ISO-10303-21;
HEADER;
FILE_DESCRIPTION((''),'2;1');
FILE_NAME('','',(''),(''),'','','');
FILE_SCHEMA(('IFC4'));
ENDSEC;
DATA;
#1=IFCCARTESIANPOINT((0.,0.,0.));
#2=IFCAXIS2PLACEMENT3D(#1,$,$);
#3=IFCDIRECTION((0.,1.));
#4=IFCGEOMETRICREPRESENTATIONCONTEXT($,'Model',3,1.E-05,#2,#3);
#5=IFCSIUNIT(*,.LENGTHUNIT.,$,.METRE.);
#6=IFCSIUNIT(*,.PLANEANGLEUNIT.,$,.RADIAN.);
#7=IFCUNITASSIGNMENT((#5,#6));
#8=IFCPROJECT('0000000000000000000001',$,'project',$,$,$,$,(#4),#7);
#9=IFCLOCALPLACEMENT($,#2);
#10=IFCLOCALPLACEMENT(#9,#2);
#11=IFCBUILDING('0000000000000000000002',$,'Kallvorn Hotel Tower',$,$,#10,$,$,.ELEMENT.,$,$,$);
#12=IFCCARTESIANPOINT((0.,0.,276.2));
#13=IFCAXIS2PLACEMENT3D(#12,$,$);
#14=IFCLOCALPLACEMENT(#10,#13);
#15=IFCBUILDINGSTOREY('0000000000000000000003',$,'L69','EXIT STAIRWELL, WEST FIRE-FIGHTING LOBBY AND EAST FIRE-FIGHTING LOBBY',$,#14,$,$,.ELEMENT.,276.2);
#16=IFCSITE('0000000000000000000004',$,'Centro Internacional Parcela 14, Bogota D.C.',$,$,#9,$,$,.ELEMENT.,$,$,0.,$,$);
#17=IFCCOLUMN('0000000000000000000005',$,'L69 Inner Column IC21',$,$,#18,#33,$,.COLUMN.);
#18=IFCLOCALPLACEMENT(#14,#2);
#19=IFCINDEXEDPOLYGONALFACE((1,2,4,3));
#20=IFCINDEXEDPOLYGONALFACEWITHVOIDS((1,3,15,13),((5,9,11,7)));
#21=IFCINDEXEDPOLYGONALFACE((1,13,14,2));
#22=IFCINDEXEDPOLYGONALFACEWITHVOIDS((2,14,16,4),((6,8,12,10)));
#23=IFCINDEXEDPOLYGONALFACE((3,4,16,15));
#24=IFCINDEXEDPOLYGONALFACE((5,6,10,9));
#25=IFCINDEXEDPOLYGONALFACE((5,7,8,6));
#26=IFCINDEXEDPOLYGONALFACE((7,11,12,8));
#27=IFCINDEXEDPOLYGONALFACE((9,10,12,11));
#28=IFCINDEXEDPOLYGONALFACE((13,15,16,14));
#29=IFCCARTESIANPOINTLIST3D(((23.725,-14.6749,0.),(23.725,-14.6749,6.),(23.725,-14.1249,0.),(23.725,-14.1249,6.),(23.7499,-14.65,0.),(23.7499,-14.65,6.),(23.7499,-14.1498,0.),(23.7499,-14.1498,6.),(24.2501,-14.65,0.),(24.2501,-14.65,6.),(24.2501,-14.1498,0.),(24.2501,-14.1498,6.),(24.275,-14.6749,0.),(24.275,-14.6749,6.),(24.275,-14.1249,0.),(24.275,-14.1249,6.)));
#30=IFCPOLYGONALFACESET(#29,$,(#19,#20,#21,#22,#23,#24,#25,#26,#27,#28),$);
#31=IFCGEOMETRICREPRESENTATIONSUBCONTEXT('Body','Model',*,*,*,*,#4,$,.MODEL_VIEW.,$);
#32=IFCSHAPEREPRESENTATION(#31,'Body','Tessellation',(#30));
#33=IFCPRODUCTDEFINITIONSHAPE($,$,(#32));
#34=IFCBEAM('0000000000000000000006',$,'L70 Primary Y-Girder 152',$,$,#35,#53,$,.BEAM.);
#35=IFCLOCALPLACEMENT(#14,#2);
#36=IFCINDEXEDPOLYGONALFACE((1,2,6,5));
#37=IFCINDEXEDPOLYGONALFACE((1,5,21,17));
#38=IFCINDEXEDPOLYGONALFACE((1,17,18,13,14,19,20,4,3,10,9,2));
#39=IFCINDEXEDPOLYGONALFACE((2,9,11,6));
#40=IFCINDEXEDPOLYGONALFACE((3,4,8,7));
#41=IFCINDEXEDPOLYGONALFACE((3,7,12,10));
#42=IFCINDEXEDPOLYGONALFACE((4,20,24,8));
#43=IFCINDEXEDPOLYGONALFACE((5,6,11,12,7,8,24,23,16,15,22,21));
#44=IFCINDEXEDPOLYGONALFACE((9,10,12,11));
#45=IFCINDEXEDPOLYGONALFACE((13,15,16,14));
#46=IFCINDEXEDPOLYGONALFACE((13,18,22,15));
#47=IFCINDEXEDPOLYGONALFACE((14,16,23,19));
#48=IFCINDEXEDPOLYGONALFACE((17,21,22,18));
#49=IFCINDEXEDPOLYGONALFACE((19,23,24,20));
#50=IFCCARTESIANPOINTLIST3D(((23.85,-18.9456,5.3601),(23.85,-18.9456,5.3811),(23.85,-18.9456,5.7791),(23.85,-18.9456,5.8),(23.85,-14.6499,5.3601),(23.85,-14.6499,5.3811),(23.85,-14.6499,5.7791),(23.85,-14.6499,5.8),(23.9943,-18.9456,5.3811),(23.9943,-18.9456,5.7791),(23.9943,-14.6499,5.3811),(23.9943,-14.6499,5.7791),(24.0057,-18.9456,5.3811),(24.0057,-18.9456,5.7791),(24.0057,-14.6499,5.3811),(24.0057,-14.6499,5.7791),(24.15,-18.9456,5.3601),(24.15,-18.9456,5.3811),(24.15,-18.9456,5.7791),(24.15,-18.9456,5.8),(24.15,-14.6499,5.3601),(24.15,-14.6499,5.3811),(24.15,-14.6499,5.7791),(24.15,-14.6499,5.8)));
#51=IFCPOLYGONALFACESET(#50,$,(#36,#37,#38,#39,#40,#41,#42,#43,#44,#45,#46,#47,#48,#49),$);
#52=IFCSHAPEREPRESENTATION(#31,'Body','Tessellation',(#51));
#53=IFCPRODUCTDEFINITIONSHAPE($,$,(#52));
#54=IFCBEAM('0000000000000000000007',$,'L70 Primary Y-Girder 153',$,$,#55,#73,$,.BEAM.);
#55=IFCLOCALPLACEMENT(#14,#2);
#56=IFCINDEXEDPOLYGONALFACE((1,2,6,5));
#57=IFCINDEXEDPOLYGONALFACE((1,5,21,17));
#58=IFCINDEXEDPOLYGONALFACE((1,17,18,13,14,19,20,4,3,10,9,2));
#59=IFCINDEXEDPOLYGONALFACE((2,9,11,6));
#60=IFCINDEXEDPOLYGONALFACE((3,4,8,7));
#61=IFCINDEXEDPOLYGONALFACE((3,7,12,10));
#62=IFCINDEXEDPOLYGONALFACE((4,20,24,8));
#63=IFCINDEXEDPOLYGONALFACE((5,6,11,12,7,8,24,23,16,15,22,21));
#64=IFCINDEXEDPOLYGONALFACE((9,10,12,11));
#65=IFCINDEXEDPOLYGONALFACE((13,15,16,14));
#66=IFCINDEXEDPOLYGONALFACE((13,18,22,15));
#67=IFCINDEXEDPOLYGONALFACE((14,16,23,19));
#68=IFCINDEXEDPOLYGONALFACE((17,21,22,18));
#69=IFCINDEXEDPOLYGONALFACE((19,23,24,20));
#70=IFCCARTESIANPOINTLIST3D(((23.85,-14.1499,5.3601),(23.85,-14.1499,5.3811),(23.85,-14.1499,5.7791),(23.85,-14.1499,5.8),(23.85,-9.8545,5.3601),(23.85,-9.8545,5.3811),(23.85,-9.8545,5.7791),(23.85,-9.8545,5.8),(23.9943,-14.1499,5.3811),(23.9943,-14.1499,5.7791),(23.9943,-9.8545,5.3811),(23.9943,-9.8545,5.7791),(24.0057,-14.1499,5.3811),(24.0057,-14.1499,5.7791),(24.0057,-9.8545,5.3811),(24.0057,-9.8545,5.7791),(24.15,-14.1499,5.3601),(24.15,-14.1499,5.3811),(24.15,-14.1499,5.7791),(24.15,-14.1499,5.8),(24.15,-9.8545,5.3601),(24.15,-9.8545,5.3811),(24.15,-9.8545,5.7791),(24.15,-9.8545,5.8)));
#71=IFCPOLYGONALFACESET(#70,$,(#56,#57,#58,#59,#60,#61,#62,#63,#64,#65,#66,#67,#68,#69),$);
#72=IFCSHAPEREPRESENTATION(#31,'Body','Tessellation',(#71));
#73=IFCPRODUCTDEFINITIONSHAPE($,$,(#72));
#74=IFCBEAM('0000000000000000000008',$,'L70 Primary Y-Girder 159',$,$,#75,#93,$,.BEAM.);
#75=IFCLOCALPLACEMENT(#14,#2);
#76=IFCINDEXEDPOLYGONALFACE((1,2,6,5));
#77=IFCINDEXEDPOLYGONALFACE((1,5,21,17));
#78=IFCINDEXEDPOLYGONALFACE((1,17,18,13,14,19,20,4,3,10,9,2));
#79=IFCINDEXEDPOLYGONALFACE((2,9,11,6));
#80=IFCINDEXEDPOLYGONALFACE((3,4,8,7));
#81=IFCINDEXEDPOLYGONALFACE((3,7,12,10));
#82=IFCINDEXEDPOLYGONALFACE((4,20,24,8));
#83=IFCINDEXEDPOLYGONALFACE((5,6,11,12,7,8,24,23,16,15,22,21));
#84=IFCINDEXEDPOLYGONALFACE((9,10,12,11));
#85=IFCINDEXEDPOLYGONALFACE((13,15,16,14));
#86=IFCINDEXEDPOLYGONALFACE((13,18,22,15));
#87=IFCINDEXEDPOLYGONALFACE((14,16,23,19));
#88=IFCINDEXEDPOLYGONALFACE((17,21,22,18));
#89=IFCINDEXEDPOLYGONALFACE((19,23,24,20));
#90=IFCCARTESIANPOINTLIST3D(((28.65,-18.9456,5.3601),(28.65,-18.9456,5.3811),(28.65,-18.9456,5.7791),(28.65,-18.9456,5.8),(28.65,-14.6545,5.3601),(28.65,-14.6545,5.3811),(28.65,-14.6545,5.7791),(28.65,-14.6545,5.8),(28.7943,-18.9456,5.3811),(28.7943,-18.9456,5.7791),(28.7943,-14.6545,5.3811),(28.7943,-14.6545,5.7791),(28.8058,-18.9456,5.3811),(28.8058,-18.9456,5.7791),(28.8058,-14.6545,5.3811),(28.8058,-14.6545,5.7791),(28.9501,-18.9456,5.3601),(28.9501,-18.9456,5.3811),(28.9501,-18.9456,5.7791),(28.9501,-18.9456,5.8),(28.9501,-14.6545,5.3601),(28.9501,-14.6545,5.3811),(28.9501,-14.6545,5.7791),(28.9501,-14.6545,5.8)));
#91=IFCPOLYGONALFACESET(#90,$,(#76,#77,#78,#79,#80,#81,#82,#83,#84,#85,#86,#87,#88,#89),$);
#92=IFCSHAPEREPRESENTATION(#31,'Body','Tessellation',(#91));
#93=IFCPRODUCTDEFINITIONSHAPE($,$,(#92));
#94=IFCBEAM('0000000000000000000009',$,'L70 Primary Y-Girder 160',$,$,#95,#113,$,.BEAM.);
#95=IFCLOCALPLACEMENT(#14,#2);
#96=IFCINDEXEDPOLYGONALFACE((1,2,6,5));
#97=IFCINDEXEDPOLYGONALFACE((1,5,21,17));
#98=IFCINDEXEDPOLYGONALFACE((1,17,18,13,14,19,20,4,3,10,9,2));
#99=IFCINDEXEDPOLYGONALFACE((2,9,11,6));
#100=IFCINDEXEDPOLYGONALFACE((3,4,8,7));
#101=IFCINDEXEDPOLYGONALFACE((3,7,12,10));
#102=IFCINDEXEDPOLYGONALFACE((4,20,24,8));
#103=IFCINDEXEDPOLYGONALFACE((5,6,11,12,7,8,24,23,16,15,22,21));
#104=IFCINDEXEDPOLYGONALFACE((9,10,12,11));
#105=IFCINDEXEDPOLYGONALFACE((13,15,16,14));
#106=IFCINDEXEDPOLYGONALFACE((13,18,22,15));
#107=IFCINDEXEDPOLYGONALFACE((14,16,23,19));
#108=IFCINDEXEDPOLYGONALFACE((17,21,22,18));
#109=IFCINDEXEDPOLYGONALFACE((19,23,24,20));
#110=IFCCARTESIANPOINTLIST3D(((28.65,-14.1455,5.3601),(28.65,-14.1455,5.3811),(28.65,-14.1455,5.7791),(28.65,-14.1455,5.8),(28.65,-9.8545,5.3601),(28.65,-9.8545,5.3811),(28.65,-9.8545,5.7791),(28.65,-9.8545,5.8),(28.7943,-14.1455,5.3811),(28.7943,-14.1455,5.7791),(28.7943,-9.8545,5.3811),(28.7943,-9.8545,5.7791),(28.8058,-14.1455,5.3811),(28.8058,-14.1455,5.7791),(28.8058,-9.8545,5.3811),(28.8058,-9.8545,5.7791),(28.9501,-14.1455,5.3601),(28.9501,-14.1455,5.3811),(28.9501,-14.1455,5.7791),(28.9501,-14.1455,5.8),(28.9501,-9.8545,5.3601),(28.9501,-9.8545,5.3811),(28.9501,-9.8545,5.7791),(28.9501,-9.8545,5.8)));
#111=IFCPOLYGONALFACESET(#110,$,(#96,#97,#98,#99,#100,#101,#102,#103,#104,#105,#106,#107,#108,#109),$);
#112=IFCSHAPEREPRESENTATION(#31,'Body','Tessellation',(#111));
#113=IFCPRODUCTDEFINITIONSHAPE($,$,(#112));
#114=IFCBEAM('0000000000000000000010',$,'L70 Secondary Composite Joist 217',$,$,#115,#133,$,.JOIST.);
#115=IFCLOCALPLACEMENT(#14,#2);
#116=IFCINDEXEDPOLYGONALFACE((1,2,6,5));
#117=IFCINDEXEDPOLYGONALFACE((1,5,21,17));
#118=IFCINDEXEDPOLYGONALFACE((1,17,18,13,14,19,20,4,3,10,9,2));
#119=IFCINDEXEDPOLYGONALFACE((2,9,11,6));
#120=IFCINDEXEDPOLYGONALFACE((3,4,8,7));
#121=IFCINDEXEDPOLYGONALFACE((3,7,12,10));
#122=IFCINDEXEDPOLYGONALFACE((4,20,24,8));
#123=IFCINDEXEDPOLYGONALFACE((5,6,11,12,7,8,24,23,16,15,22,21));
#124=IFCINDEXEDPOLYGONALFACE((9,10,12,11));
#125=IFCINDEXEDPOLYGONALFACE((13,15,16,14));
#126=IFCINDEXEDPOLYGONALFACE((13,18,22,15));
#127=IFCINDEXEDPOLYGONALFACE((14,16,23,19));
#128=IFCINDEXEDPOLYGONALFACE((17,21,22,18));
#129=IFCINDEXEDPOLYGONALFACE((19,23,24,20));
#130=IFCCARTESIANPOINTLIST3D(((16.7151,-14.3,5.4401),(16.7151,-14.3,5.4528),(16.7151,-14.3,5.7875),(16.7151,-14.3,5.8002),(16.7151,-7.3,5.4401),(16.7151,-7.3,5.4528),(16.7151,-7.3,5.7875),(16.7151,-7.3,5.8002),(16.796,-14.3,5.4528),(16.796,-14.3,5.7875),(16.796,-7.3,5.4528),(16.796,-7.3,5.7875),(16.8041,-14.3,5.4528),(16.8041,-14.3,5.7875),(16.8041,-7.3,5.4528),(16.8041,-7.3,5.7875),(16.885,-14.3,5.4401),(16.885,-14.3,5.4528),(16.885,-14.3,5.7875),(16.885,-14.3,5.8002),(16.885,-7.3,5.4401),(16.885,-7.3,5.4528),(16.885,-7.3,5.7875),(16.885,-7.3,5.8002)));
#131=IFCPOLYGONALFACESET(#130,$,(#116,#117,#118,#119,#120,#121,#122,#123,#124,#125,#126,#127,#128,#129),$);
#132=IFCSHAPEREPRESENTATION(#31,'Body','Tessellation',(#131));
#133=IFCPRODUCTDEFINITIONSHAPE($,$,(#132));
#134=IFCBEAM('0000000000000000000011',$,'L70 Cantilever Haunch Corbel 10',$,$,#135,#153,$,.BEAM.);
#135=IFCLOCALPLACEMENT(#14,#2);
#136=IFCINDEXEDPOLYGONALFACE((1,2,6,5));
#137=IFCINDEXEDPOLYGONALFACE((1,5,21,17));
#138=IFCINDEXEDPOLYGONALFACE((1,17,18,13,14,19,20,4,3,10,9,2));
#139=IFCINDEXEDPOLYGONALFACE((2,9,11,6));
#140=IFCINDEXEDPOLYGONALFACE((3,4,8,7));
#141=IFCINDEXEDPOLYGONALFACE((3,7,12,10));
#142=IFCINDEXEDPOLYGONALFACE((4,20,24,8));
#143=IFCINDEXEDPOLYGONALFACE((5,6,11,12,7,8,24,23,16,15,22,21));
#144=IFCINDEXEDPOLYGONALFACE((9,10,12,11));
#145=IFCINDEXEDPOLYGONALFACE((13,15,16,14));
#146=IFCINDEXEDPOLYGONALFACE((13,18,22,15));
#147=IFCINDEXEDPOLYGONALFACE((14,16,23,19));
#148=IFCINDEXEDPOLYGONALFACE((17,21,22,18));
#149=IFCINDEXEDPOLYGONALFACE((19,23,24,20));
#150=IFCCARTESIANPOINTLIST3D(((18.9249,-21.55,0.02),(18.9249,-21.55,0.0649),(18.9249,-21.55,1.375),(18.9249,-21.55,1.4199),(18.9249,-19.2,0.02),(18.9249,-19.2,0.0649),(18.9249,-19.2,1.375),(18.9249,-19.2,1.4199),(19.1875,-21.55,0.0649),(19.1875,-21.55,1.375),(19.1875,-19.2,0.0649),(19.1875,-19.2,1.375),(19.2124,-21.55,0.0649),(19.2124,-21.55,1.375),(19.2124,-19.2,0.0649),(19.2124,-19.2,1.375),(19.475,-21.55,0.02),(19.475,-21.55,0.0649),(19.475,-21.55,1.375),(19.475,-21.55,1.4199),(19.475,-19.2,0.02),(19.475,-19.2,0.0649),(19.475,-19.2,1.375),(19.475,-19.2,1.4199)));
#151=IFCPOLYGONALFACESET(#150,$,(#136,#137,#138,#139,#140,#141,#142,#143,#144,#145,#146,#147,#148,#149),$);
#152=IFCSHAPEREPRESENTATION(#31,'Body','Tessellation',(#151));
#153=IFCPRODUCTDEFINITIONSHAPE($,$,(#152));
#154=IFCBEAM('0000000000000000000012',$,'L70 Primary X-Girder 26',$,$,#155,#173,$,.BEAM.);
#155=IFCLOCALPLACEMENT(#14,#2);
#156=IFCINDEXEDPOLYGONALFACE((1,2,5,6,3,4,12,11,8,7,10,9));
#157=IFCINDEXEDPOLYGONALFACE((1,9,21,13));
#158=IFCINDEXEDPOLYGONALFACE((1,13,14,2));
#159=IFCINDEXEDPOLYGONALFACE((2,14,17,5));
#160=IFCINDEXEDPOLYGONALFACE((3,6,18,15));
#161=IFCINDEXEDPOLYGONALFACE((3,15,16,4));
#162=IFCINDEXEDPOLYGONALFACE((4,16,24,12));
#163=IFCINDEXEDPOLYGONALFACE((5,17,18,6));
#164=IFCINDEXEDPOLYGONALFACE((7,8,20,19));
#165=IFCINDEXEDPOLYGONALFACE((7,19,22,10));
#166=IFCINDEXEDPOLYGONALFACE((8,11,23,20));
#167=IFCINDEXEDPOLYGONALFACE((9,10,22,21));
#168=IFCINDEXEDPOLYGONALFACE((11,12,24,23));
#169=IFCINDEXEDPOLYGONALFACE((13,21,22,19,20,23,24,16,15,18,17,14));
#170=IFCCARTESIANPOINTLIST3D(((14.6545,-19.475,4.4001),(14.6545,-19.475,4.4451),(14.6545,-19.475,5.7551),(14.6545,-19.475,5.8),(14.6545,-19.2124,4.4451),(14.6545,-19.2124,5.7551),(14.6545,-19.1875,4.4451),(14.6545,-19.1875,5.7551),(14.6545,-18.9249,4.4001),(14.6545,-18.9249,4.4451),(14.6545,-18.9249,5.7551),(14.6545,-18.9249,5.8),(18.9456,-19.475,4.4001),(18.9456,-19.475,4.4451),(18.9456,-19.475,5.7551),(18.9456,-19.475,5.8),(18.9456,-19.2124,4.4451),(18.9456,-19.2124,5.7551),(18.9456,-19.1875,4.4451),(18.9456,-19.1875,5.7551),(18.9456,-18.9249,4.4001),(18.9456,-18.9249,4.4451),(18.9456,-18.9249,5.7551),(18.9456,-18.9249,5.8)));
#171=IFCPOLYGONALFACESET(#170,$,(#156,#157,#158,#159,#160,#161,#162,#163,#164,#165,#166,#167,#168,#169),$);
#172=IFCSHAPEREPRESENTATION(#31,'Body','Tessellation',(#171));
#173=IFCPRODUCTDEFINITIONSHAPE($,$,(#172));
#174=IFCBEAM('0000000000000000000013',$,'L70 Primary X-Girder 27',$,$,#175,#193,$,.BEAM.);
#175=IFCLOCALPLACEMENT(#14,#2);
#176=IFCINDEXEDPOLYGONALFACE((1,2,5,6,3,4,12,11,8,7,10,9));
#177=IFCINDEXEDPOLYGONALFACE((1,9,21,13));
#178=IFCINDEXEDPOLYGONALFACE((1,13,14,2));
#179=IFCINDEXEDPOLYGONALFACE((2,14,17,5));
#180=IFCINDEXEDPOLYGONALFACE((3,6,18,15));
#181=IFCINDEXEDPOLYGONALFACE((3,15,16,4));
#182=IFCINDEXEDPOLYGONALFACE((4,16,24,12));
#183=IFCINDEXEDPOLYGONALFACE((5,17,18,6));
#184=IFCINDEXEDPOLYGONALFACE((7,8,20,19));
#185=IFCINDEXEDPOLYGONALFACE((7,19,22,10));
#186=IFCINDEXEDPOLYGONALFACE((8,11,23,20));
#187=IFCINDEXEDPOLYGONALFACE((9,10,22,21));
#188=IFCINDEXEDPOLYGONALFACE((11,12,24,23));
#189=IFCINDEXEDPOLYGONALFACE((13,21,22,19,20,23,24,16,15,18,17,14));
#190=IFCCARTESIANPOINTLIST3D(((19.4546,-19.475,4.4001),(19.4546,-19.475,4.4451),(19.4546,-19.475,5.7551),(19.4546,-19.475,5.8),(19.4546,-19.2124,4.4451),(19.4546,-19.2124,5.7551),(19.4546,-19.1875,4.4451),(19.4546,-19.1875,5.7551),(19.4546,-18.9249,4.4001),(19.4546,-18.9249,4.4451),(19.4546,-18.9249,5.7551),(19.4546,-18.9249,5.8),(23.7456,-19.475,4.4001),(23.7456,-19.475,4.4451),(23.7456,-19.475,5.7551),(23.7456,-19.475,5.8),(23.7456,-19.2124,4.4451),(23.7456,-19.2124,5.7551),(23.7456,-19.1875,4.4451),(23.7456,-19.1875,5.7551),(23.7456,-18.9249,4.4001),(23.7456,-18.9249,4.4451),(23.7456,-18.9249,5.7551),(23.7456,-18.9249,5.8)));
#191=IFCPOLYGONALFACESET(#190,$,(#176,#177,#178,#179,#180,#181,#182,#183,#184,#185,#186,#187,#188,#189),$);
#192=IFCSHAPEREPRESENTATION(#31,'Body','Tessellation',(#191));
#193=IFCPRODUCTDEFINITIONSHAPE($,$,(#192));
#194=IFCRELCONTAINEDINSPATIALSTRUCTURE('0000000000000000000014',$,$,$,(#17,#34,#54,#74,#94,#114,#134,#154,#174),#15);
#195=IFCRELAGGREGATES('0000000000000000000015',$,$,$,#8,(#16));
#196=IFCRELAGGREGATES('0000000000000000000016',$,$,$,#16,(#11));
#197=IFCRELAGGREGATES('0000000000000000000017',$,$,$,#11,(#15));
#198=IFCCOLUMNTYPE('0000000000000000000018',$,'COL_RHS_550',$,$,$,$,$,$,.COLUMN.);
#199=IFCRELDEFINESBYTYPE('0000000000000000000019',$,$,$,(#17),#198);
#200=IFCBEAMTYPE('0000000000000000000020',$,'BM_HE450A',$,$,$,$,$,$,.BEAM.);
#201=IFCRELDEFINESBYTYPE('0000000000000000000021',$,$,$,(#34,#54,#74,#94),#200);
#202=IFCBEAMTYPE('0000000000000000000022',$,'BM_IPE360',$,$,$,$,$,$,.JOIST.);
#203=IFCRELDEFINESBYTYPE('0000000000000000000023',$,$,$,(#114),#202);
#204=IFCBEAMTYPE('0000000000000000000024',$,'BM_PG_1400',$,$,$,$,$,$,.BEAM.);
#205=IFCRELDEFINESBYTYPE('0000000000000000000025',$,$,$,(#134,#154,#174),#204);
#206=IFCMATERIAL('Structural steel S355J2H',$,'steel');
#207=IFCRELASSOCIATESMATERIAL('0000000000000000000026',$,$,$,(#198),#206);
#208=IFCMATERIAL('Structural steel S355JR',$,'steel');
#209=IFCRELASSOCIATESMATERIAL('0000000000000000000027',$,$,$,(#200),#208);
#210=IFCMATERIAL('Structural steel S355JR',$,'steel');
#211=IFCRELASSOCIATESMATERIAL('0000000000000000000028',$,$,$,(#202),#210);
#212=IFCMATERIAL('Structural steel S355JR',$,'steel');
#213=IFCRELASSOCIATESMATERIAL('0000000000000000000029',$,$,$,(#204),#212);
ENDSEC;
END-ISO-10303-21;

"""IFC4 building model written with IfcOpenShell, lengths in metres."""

from ifc_helpers import new_model, si_unit, direction, frame, origin, origin_2d, place, context, subcontext, project, spatial, hollow_rectangle, i_section, extrude, material, material_profile, profile_set, type_object, element, save


model = new_model("IFC4")

# Units and contexts
model_context = context("Model", 3, precision=1e-05, world=origin(), true_north=direction((0.0, 1.0)))
body_context = subcontext(model_context, "Body", "Model", "MODEL_VIEW")
ifc_project = project(units=[si_unit("LENGTHUNIT", "METRE"), si_unit("PLANEANGLEUNIT", "RADIAN")], contexts=[model_context])

# Site, building, storey
site_placement = place(None, origin())
site = spatial("IfcSite", under=ifc_project, at=site_placement, Name="Centro Internacional Parcela 14, Bogota D.C.", CompositionType="ELEMENT", RefElevation=0.0)
building_placement = place(site_placement, origin())
building = spatial("IfcBuilding", under=site, at=building_placement, Name="Kallvorn Hotel Tower", CompositionType="ELEMENT")
storey_placement = place(building_placement, frame((0.0, 0.0, 276.2)))
storey = spatial("IfcBuildingStorey", under=building, at=storey_placement, Name="L69", Description="EXIT STAIRWELL, WEST FIRE-FIGHTING LOBBY AND EAST FIRE-FIGHTING LOBBY", CompositionType="ELEMENT", Elevation=276.2)

# Column
ifc_material_1 = material(Name="Structural steel S355J2H", Category="steel")
ifc_material_profile_1 = material_profile(ifc_material_1, hollow_rectangle(XDim=0.55, YDim=0.55, WallThickness=0.0249, at=origin_2d()), Name="RHS 550x550x25")
ifc_profile_set_1 = profile_set([ifc_material_profile_1], Name="Structural steel S355J2H")
column_type_1 = type_object("IfcColumnType", Name="COL_RHS_550", PredefinedType="COLUMN", material=ifc_profile_set_1)
column_1_placement = place(storey_placement, frame((24.0, -14.3999, 0.0), z_axis=(0.0, 0.0, 1.0), x_axis=(1.0, 0.0, 0.0)))
element("IfcColumn", 1, at=column_1_placement, inside=storey, type_object=column_type_1, Name="L69 Inner Column IC21", PredefinedType="COLUMN", context=body_context, shape_type="SweptSolid", body=[
    extrude(hollow_rectangle(XDim=0.55, YDim=0.55, WallThickness=0.0249, at=origin_2d()), origin(), (0.0, 0.0, 1.0), 6.0),
])

# Beams
ifc_material_2 = material(Name="Structural steel S355JR", Category="steel")
ifc_material_profile_2 = material_profile(ifc_material_2, i_section(OverallWidth=0.3, OverallDepth=0.4399, WebThickness=0.0115, FlangeThickness=0.021, at=origin_2d()), Name="HE 450 A")
ifc_profile_set_2 = profile_set([ifc_material_profile_2], Name="Structural steel S355JR")
beam_type_1 = type_object("IfcBeamType", Name="BM_HE450A", PredefinedType="BEAM", material=ifc_profile_set_2)
beam_1_placement = place(storey_placement, frame((24.0, -18.9456, 5.5801), z_axis=(0.0, 1.0, 0.0), x_axis=(-1.0, 0.0, 0.0)))
element("IfcBeam", 2, at=beam_1_placement, inside=storey, type_object=beam_type_1, Name="L70 Primary Y-Girder 152", PredefinedType="BEAM", context=body_context, shape_type="SweptSolid", body=[
    extrude(i_section(OverallWidth=0.3, OverallDepth=0.4399, WebThickness=0.0115, FlangeThickness=0.021, at=origin_2d()), origin(), (0.0, 0.0, 1.0), 4.2957),
])
beam_2_placement = place(storey_placement, frame((24.0, -14.1499, 5.5801), z_axis=(0.0, 1.0, 0.0), x_axis=(-1.0, 0.0, 0.0)))
element("IfcBeam", 3, at=beam_2_placement, inside=storey, type_object=beam_type_1, Name="L70 Primary Y-Girder 153", PredefinedType="BEAM", context=body_context, shape_type="SweptSolid", body=[
    extrude(i_section(OverallWidth=0.3, OverallDepth=0.4399, WebThickness=0.0115, FlangeThickness=0.021, at=origin_2d()), origin(), (0.0, 0.0, 1.0), 4.2954),
])
for number, where, z_axis, x_axis, name in (
    (4, (28.8, -18.9456, 5.5801), (0.0, 1.0, 0.0), (-1.0, 0.0, 0.0), "L70 Primary Y-Girder 159"),
    (5, (28.8, -14.1455, 5.5801), (0.0, 1.0, 0.0), (-1.0, 0.0, 0.0), "L70 Primary Y-Girder 160"),
):
    element("IfcBeam", number, at=place(storey_placement, frame(where, z_axis=z_axis, x_axis=x_axis)), inside=storey, type_object=beam_type_1, Name=name, PredefinedType="BEAM", context=body_context, shape_type="SweptSolid", body=[
        extrude(i_section(OverallWidth=0.3, OverallDepth=0.4399, WebThickness=0.0115, FlangeThickness=0.021, at=origin_2d()), origin(), (0.0, 0.0, 1.0), 4.291),
    ])
ifc_material_3 = material(Name="Structural steel S355JR", Category="steel")
ifc_material_profile_3 = material_profile(ifc_material_3, i_section(OverallWidth=0.1699, OverallDepth=0.3601, WebThickness=0.0081, FlangeThickness=0.0127, at=origin_2d()), Name="IPE 360")
ifc_profile_set_3 = profile_set([ifc_material_profile_3], Name="Structural steel S355JR")
beam_type_2 = type_object("IfcBeamType", Name="BM_IPE360", PredefinedType="JOIST", material=ifc_profile_set_3)
beam_3_placement = place(storey_placement, frame((16.8, -14.3, 5.6201), z_axis=(0.0, 1.0, 0.0), x_axis=(-1.0, 0.0, 0.0)))
element("IfcBeam", 6, at=beam_3_placement, inside=storey, type_object=beam_type_2, Name="L70 Secondary Composite Joist 217", PredefinedType="JOIST", context=body_context, shape_type="SweptSolid", body=[
    extrude(i_section(OverallWidth=0.1699, OverallDepth=0.3601, WebThickness=0.0081, FlangeThickness=0.0127, at=origin_2d()), origin(), (0.0, 0.0, 1.0), 7.0),
])
ifc_material_4 = material(Name="Structural steel S355JR", Category="steel")
ifc_material_profile_4 = material_profile(ifc_material_4, i_section(OverallWidth=0.55, OverallDepth=1.3999, WebThickness=0.0249, FlangeThickness=0.0449, at=origin_2d()), Name="PG 1400x550x25x45")
ifc_profile_set_4 = profile_set([ifc_material_profile_4], Name="Structural steel S355JR")
beam_type_3 = type_object("IfcBeamType", Name="BM_PG_1400", PredefinedType="BEAM", material=ifc_profile_set_4)
beam_4_placement = place(storey_placement, frame((19.2, -19.2, 0.72), z_axis=(0.0, -1.0, 0.0), x_axis=(1.0, 0.0, 0.0)))
element("IfcBeam", 7, at=beam_4_placement, inside=storey, type_object=beam_type_3, Name="L70 Cantilever Haunch Corbel 10", PredefinedType="BEAM", context=body_context, shape_type="SweptSolid", body=[
    extrude(i_section(OverallWidth=0.55, OverallDepth=1.3999, WebThickness=0.0249, FlangeThickness=0.0449, at=origin_2d()), origin(), (0.0, 0.0, 1.0), 2.3501),
])
for number, where, z_axis, x_axis, name in (
    (8, (14.6545, -19.2, 5.1001), (1.0, 0.0, 0.0), (0.0, 1.0, 0.0), "L70 Primary X-Girder 26"),
    (9, (19.4546, -19.2, 5.1001), (1.0, 0.0, 0.0), (0.0, 1.0, 0.0), "L70 Primary X-Girder 27"),
):
    element("IfcBeam", number, at=place(storey_placement, frame(where, z_axis=z_axis, x_axis=x_axis)), inside=storey, type_object=beam_type_3, Name=name, PredefinedType="BEAM", context=body_context, shape_type="SweptSolid", body=[
        extrude(i_section(OverallWidth=0.55, OverallDepth=1.3999, WebThickness=0.0249, FlangeThickness=0.0449, at=origin_2d()), origin(), (0.0, 0.0, 1.0), 4.291),
    ])

save(model, "model.ifc")
